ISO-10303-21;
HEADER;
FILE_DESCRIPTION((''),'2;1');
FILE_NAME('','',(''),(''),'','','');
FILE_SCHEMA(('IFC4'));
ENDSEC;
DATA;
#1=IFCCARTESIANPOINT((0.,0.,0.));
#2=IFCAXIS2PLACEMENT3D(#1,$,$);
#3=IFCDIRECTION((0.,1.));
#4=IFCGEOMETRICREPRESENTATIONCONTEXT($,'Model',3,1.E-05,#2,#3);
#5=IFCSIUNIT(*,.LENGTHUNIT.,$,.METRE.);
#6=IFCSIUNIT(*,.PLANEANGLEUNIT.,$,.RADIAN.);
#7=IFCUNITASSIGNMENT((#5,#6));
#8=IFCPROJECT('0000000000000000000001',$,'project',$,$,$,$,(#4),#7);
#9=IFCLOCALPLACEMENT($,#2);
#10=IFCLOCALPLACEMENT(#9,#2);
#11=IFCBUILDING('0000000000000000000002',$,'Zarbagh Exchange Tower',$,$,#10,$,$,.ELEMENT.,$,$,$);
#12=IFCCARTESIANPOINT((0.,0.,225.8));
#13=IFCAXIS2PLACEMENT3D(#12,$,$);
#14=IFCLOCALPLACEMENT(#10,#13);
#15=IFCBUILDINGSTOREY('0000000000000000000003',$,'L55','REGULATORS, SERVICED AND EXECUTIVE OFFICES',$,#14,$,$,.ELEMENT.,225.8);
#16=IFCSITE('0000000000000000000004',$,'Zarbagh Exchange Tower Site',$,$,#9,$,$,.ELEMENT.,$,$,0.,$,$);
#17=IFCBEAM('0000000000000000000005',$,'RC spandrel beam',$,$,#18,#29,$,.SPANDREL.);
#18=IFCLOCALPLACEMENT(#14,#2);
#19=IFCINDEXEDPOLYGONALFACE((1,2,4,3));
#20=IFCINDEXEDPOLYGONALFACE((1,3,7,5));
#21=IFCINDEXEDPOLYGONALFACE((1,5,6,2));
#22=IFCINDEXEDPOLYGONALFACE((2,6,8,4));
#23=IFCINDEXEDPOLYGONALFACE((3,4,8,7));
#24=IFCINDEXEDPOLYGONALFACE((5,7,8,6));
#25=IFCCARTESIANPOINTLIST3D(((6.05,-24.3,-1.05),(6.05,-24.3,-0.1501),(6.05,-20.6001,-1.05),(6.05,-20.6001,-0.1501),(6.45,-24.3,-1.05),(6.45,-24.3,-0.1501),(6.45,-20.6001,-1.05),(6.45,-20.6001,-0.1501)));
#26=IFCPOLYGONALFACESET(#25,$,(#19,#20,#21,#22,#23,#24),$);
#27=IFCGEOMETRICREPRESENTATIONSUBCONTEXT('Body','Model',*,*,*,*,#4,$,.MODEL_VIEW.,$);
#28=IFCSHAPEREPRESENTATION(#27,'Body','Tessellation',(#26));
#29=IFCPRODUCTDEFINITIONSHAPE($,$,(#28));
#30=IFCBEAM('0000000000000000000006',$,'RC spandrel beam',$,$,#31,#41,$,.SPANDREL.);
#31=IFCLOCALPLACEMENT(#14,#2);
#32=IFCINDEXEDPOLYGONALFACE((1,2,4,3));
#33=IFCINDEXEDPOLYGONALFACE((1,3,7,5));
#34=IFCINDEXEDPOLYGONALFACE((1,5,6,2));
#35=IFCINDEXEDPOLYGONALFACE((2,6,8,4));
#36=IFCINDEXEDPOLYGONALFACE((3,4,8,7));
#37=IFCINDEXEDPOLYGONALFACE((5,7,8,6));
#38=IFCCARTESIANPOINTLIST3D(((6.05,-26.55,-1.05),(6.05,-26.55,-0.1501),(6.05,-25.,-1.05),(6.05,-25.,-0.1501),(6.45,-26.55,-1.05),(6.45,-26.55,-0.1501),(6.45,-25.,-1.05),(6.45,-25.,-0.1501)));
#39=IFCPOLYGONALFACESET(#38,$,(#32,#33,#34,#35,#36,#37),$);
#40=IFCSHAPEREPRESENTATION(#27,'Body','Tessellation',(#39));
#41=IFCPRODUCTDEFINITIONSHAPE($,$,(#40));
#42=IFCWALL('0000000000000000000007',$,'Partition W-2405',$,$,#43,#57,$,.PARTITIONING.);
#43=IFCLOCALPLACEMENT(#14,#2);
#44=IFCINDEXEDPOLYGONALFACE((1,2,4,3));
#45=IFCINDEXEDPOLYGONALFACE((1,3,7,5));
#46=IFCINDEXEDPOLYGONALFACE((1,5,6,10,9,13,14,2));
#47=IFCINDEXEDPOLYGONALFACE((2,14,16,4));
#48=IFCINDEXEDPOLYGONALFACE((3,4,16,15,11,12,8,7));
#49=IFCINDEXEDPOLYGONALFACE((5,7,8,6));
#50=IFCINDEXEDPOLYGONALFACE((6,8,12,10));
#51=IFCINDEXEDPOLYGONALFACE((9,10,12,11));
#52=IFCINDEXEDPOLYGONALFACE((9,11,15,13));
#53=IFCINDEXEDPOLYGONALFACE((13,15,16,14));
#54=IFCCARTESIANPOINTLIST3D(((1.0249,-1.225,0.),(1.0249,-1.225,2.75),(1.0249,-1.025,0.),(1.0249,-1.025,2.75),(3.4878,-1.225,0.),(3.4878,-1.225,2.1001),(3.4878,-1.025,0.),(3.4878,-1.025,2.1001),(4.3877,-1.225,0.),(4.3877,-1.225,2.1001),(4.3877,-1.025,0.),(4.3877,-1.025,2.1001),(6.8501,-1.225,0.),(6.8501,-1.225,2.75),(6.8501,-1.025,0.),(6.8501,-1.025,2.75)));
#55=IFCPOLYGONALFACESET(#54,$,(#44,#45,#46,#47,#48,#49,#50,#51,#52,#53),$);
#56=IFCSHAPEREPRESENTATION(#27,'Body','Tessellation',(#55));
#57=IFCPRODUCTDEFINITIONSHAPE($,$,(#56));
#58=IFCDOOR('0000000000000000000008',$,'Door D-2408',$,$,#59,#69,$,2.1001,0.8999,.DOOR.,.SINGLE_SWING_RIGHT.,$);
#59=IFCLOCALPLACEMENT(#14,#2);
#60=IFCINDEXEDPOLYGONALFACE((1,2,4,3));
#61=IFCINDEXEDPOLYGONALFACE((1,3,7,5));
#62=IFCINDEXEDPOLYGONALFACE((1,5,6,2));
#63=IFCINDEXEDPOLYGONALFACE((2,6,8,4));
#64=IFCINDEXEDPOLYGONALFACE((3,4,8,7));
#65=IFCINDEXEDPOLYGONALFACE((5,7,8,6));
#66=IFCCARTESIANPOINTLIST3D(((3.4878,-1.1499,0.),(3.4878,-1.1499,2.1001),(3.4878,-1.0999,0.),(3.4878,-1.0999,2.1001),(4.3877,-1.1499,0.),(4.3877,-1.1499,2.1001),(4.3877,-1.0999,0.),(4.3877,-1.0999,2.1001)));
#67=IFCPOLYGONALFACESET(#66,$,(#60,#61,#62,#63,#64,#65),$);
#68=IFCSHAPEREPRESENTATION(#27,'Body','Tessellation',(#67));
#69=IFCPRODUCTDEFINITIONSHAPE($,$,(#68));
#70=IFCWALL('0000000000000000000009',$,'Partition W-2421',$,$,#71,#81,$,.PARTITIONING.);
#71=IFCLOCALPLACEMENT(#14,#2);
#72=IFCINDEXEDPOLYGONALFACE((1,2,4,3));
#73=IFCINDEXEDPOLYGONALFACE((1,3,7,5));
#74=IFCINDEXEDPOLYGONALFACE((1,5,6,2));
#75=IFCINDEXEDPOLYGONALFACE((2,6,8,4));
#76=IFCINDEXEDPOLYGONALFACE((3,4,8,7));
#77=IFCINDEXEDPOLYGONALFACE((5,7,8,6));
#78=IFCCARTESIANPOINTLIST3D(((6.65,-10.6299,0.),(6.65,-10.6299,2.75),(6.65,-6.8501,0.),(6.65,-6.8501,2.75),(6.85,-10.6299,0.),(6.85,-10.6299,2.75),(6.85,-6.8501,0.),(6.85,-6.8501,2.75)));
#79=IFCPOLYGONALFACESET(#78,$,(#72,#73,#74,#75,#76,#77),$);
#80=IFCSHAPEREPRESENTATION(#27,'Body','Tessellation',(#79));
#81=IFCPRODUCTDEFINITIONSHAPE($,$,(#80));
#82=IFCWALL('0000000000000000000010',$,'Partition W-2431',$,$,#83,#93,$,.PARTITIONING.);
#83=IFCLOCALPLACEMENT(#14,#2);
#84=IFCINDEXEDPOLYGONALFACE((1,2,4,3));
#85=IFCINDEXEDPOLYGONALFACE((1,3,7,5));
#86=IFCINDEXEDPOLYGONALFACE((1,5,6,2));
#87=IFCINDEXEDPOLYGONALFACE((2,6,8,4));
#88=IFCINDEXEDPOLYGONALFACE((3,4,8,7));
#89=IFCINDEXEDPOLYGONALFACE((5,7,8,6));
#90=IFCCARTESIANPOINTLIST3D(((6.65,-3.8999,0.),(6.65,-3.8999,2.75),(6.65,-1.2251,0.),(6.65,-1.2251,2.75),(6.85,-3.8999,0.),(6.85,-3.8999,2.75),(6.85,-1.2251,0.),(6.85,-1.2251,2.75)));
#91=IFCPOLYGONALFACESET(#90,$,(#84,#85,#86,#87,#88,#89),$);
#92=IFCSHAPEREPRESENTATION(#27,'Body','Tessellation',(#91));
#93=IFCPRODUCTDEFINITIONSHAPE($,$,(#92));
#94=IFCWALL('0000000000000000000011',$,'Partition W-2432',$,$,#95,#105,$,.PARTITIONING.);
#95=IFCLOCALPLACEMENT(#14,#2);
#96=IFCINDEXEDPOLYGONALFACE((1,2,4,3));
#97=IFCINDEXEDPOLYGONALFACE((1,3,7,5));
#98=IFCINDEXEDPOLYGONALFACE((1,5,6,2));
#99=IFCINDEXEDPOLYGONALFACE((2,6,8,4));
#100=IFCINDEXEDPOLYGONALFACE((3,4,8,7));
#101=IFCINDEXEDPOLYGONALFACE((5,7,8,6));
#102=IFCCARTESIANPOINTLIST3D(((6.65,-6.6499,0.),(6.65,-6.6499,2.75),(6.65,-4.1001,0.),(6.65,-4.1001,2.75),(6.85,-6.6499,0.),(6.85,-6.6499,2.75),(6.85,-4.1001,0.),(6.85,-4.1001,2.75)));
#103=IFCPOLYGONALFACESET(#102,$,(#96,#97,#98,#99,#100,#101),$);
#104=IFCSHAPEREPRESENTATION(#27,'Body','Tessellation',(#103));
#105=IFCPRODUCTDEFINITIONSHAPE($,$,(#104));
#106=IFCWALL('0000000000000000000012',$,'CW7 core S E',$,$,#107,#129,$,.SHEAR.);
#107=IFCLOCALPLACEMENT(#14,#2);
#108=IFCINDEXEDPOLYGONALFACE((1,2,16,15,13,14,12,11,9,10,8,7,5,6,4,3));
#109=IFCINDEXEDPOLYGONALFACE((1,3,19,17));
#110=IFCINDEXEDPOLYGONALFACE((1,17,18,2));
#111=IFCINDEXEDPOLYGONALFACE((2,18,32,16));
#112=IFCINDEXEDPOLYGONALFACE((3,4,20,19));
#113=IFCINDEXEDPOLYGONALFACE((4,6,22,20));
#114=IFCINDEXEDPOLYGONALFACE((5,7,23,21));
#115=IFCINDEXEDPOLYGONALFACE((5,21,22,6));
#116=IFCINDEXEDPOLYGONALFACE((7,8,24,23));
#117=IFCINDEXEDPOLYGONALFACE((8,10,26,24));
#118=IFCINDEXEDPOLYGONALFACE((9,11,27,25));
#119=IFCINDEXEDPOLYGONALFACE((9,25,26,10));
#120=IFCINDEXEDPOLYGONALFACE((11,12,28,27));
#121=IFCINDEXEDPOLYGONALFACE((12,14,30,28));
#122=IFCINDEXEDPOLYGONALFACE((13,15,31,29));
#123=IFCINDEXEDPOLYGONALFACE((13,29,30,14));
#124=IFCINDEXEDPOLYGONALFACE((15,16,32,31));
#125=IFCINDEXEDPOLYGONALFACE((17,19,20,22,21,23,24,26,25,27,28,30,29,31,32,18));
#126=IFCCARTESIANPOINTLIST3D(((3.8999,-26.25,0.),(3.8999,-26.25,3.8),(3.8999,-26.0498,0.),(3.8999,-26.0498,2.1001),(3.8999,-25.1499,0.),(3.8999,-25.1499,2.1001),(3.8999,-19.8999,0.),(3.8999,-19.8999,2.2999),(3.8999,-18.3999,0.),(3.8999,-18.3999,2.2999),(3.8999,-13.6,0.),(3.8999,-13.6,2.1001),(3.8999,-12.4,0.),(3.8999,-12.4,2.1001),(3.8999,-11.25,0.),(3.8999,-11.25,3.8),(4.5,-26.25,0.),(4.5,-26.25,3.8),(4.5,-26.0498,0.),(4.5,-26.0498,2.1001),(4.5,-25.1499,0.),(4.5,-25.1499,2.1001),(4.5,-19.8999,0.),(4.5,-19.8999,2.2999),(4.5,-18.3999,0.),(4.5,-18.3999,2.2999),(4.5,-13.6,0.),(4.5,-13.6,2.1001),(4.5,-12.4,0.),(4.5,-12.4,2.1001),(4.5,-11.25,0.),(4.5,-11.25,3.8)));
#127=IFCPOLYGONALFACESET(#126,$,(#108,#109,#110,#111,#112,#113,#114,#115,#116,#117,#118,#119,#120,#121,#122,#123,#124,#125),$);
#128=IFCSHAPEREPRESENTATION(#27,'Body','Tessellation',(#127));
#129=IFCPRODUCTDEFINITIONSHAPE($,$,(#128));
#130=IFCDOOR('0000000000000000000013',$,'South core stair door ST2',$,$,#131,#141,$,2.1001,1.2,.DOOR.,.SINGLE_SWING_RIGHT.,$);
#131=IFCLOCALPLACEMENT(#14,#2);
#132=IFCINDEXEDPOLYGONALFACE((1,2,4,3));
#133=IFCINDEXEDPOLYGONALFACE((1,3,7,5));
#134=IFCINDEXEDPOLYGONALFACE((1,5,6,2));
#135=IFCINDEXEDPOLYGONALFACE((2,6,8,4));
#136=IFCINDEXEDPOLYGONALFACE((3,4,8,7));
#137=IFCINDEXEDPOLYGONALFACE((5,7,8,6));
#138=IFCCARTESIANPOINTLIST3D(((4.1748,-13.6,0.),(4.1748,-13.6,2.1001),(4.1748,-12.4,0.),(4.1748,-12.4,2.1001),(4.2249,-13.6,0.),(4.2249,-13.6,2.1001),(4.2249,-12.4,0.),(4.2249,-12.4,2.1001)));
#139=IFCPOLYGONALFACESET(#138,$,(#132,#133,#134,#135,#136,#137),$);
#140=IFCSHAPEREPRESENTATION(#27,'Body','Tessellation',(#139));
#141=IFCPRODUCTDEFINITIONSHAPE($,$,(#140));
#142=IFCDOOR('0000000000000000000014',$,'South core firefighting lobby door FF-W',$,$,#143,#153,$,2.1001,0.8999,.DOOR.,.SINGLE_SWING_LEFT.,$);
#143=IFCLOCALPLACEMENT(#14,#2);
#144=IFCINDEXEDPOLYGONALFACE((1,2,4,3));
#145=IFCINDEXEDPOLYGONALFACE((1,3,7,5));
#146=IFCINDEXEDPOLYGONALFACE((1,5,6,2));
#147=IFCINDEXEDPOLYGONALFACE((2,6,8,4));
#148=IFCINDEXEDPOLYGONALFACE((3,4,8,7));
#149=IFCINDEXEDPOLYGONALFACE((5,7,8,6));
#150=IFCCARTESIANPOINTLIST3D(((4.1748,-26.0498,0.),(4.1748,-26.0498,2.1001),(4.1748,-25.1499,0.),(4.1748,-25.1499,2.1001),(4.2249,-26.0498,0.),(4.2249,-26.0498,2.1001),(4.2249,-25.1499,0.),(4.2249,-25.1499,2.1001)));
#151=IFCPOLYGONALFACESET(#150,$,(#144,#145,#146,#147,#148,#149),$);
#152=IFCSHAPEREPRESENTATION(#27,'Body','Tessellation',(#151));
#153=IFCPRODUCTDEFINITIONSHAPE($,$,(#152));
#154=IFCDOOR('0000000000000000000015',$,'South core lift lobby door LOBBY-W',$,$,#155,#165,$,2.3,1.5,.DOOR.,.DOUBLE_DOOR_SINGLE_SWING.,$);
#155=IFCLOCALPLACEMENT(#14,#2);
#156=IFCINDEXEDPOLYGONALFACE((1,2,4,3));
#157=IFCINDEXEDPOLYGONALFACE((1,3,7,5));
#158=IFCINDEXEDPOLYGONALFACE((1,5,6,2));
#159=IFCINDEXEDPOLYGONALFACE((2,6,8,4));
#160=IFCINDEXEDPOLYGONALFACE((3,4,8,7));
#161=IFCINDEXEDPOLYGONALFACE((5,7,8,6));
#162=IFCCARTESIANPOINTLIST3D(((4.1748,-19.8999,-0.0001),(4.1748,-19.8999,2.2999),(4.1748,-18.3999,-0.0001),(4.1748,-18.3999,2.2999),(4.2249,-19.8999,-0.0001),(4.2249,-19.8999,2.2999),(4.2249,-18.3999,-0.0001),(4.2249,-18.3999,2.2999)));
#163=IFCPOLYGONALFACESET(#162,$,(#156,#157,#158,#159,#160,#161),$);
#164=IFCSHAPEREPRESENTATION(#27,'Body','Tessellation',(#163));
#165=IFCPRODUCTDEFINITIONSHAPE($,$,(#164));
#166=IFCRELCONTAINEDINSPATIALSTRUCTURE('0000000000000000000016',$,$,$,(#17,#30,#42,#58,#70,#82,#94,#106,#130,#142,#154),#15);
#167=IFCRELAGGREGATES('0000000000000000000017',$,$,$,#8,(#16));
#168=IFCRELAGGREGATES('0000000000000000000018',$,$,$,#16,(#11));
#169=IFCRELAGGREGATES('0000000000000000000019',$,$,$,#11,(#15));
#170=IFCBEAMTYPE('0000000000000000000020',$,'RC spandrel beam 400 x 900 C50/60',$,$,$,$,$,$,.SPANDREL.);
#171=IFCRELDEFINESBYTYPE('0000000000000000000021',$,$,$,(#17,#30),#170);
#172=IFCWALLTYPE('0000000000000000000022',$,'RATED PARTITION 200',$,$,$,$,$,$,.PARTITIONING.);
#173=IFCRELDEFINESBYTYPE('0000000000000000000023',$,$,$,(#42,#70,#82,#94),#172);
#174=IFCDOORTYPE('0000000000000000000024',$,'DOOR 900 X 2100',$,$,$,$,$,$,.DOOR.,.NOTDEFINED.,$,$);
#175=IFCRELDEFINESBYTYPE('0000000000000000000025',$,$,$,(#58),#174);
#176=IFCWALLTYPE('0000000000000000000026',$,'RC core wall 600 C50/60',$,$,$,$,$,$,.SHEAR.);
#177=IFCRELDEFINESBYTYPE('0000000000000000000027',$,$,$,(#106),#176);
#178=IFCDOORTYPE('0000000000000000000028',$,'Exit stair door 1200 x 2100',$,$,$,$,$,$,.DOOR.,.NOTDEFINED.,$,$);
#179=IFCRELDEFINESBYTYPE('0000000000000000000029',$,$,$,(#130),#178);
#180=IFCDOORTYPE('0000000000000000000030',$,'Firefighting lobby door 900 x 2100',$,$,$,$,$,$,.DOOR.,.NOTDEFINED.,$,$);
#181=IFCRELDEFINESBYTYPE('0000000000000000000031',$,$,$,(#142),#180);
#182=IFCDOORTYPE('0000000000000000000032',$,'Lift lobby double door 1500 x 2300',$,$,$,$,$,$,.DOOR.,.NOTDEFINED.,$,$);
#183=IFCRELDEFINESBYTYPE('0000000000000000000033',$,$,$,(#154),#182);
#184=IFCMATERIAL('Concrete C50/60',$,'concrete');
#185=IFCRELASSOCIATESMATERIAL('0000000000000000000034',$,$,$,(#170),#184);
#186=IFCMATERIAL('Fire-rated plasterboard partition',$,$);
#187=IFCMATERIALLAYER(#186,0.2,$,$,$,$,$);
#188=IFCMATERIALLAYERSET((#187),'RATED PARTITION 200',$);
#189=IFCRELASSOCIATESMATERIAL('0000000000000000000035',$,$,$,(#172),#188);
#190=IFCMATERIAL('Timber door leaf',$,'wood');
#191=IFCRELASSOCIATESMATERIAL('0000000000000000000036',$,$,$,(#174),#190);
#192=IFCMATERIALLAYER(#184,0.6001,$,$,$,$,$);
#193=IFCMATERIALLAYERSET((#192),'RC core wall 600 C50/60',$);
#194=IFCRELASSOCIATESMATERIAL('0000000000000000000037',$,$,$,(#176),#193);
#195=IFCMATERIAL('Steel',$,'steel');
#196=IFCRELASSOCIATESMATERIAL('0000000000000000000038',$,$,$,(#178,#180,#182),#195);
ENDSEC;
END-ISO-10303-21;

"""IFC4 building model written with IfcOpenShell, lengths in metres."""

from ifc_helpers import new_model, si_unit, direction, frame, frame_2d, origin, origin_2d, place, context, subcontext, project, spatial, rectangle, extrude, material, layer, layer_set, material_profile, profile_set, type_object, element, fill, save


model = new_model("IFC4")

# Units and contexts
model_context = context("Model", 3, precision=1e-05, world=origin(), true_north=direction((0.0, 1.0)))
body_context = subcontext(model_context, "Body", "Model", "MODEL_VIEW")
ifc_project = project(units=[si_unit("LENGTHUNIT", "METRE"), si_unit("PLANEANGLEUNIT", "RADIAN")], contexts=[model_context])

# Site, building, storey
site_placement = place(None, origin())
site = spatial("IfcSite", under=ifc_project, at=site_placement, Name="Zarbagh Exchange Tower Site", CompositionType="ELEMENT", RefElevation=0.0)
building_placement = place(site_placement, origin())
building = spatial("IfcBuilding", under=site, at=building_placement, Name="Zarbagh Exchange Tower", CompositionType="ELEMENT")
storey_placement = place(building_placement, frame((0.0, 0.0, 225.8)))
storey = spatial("IfcBuildingStorey", under=building, at=storey_placement, Name="L55", Description="REGULATORS, SERVICED AND EXECUTIVE OFFICES", CompositionType="ELEMENT", Elevation=225.8)

# Shared definitions
ifc_material_1 = material(Name="Concrete C50/60", Category="concrete")

# Beams
ifc_material_profile_1 = material_profile(ifc_material_1, rectangle(XDim=0.3999, YDim=0.8999, at=origin_2d()), Name="RC spandrel beam 400 x 900 C50/60")
ifc_profile_set_1 = profile_set([ifc_material_profile_1], Name="Concrete C50/60")
beam_type_1 = type_object("IfcBeamType", Name="RC spandrel beam 400 x 900 C50/60", PredefinedType="SPANDREL", material=ifc_profile_set_1)
beam_1_placement = place(storey_placement, frame((6.25, -20.6001, -0.6001), z_axis=(0.0, -1.0, 0.0), x_axis=(1.0, 0.0, 0.0)))
element("IfcBeam", 1, at=beam_1_placement, inside=storey, type_object=beam_type_1, Name="RC spandrel beam", PredefinedType="SPANDREL", context=body_context, shape_type="SweptSolid", body=[
    extrude(rectangle(XDim=0.3999, YDim=0.8999, at=origin_2d()), origin(), (0.0, 0.0, 1.0), 3.7),
])
beam_2_placement = place(storey_placement, frame((6.25, -25.0, -0.6001), z_axis=(0.0, -1.0, 0.0), x_axis=(1.0, 0.0, 0.0)))
element("IfcBeam", 2, at=beam_2_placement, inside=storey, type_object=beam_type_1, Name="RC spandrel beam", PredefinedType="SPANDREL", context=body_context, shape_type="SweptSolid", body=[
    extrude(rectangle(XDim=0.3999, YDim=0.8999, at=origin_2d()), origin(), (0.0, 0.0, 1.0), 1.55),
])

# Wall, opening, door
ifc_material_2 = material(Name="Fire-rated plasterboard partition")
ifc_layer_1 = layer(ifc_material_2, 0.2)
ifc_layer_set_1 = layer_set([ifc_layer_1], Name="RATED PARTITION 200")
wall_type_1 = type_object("IfcWallType", Name="RATED PARTITION 200", PredefinedType="PARTITIONING", material=ifc_layer_set_1)
wall_1_placement = place(storey_placement, frame((6.8501, -1.125, 0.0), z_axis=(0.0, 0.0, 1.0), x_axis=(-1.0, 0.0, 0.0)))
wall_1 = element("IfcWall", 3, at=wall_1_placement, inside=storey, type_object=wall_type_1, Name="Partition W-2405", PredefinedType="PARTITIONING", context=body_context, shape_type="SweptSolid", body=[
    extrude(rectangle(XDim=5.8252, YDim=0.2, at=frame_2d((2.9126, 0.0))), origin(), (0.0, 0.0, 1.0), 2.75),
])
opening_1_placement = place(wall_1_placement, frame((2.4624, 0.0, 0.0)))
opening_1 = element("IfcOpeningElement", 4, at=opening_1_placement, cuts=wall_1, PredefinedType="OPENING", context=body_context, shape_type="SweptSolid", body=[
    extrude(rectangle(XDim=0.8999, YDim=2.1001, at=frame_2d((0.45, 1.05))), frame((0.0, 0.1099, 0.0), z_axis=(0.0, -1.0, 0.0), x_axis=(1.0, 0.0, 0.0)), (0.0, 0.0, 1.0), 0.22),
])
ifc_material_3 = material(Name="Timber door leaf", Category="wood")
door_type_1 = type_object("IfcDoorType", Name="DOOR 900 X 2100", OperationType="NOTDEFINED", PredefinedType="DOOR", material=ifc_material_3)
door_1_placement = place(opening_1_placement, origin())
door_1 = element("IfcDoor", 5, at=door_1_placement, inside=storey, type_object=door_type_1, Name="Door D-2408", OperationType="SINGLE_SWING_RIGHT", OverallHeight=2.1001, OverallWidth=0.8999, PredefinedType="DOOR", context=body_context, shape_type="SweptSolid", body=[
    extrude(rectangle(XDim=0.8999, YDim=2.1001, at=frame_2d((0.45, 1.05))), frame((0.0, 0.0249, 0.0), z_axis=(0.0, -1.0, 0.0), x_axis=(1.0, 0.0, 0.0)), (0.0, 0.0, 1.0), 0.05),
])
fill(opening_1, door_1)

# Walls
wall_2_placement = place(storey_placement, frame((6.75, -10.6299, 0.0), z_axis=(0.0, 0.0, 1.0), x_axis=(0.0, 1.0, 0.0)))
element("IfcWall", 6, at=wall_2_placement, inside=storey, type_object=wall_type_1, Name="Partition W-2421", PredefinedType="PARTITIONING", context=body_context, shape_type="SweptSolid", body=[
    extrude(rectangle(XDim=3.7798, YDim=0.2, at=frame_2d((1.8899, 0.0))), origin(), (0.0, 0.0, 1.0), 2.75),
])
wall_3_placement = place(storey_placement, frame((6.75, -3.8999, 0.0), z_axis=(0.0, 0.0, 1.0), x_axis=(0.0, 1.0, 0.0)))
element("IfcWall", 7, at=wall_3_placement, inside=storey, type_object=wall_type_1, Name="Partition W-2431", PredefinedType="PARTITIONING", context=body_context, shape_type="SweptSolid", body=[
    extrude(rectangle(XDim=2.6748, YDim=0.2, at=frame_2d((1.3374, 0.0))), origin(), (0.0, 0.0, 1.0), 2.75),
])
wall_4_placement = place(storey_placement, frame((6.75, -6.6499, 0.0), z_axis=(0.0, 0.0, 1.0), x_axis=(0.0, 1.0, 0.0)))
element("IfcWall", 8, at=wall_4_placement, inside=storey, type_object=wall_type_1, Name="Partition W-2432", PredefinedType="PARTITIONING", context=body_context, shape_type="SweptSolid", body=[
    extrude(rectangle(XDim=2.5498, YDim=0.2, at=frame_2d((1.2749, 0.0))), origin(), (0.0, 0.0, 1.0), 2.75),
])

# Wall, openings, doors
ifc_layer_2 = layer(ifc_material_1, 0.6001)
ifc_layer_set_2 = layer_set([ifc_layer_2], Name="RC core wall 600 C50/60")
wall_type_2 = type_object("IfcWallType", Name="RC core wall 600 C50/60", PredefinedType="SHEAR", material=ifc_layer_set_2)
wall_5_placement = place(storey_placement, frame((4.2, -11.25, 0.0), z_axis=(0.0, 0.0, 1.0), x_axis=(0.0, -1.0, 0.0)))
wall_5 = element("IfcWall", 9, at=wall_5_placement, inside=storey, type_object=wall_type_2, Name="CW7 core S E", PredefinedType="SHEAR", context=body_context, shape_type="SweptSolid", body=[
    extrude(rectangle(XDim=15.0, YDim=0.6001, at=frame_2d((7.5, 0.0))), origin(), (0.0, 0.0, 1.0), 3.8),
])
opening_2_placement = place(wall_5_placement, frame((7.1499, 0.0, 0.0)))
opening_2 = element("IfcOpeningElement", 10, at=opening_2_placement, cuts=wall_5, PredefinedType="OPENING", context=body_context, shape_type="SweptSolid", body=[
    extrude(rectangle(XDim=1.5, YDim=2.3, at=frame_2d((0.75, 1.1499))), frame((0.0, 0.3101, 0.0), z_axis=(0.0, -1.0, 0.0), x_axis=(1.0, 0.0, 0.0)), (0.0, 0.0, 1.0), 0.6201),
])
opening_3_placement = place(wall_5_placement, frame((13.8999, 0.0, 0.0)))
opening_3 = element("IfcOpeningElement", 11, at=opening_3_placement, cuts=wall_5, PredefinedType="OPENING", context=body_context, shape_type="SweptSolid", body=[
    extrude(rectangle(XDim=0.8999, YDim=2.1001, at=frame_2d((0.45, 1.05))), frame((0.0, 0.3101, 0.0), z_axis=(0.0, -1.0, 0.0), x_axis=(1.0, 0.0, 0.0)), (0.0, 0.0, 1.0), 0.6201),
])
opening_4_placement = place(wall_5_placement, frame((1.1499, 0.0, 0.0)))
opening_4 = element("IfcOpeningElement", 12, at=opening_4_placement, cuts=wall_5, PredefinedType="OPENING", context=body_context, shape_type="SweptSolid", body=[
    extrude(rectangle(XDim=1.2, YDim=2.1001, at=frame_2d((0.6001, 1.05))), frame((0.0, 0.3101, 0.0), z_axis=(0.0, -1.0, 0.0), x_axis=(1.0, 0.0, 0.0)), (0.0, 0.0, 1.0), 0.6201),
])
ifc_material_4 = material(Name="Steel", Category="steel")
door_type_2 = type_object("IfcDoorType", Name="Exit stair door 1200 x 2100", OperationType="NOTDEFINED", PredefinedType="DOOR", material=ifc_material_4)
door_2_placement = place(opening_4_placement, origin())
door_2 = element("IfcDoor", 13, at=door_2_placement, inside=storey, type_object=door_type_2, Name="South core stair door ST2", OperationType="SINGLE_SWING_RIGHT", OverallHeight=2.1001, OverallWidth=1.2, PredefinedType="DOOR", context=body_context, shape_type="SweptSolid", body=[
    extrude(rectangle(XDim=1.2, YDim=2.1001, at=frame_2d((0.6001, 1.05))), frame((0.0, 0.0249, 0.0), z_axis=(0.0, -1.0, 0.0), x_axis=(1.0, 0.0, 0.0)), (0.0, 0.0, 1.0), 0.05),
])
fill(opening_4, door_2)
door_type_3 = type_object("IfcDoorType", Name="Firefighting lobby door 900 x 2100", OperationType="NOTDEFINED", PredefinedType="DOOR", material=ifc_material_4)
door_3_placement = place(opening_3_placement, origin())
door_3 = element("IfcDoor", 14, at=door_3_placement, inside=storey, type_object=door_type_3, Name="South core firefighting lobby door FF-W", OperationType="SINGLE_SWING_LEFT", OverallHeight=2.1001, OverallWidth=0.8999, PredefinedType="DOOR", context=body_context, shape_type="SweptSolid", body=[
    extrude(rectangle(XDim=0.8999, YDim=2.1001, at=frame_2d((0.45, 1.05))), frame((0.0, 0.0249, 0.0), z_axis=(0.0, -1.0, 0.0), x_axis=(1.0, 0.0, 0.0)), (0.0, 0.0, 1.0), 0.05),
])
fill(opening_3, door_3)
door_type_4 = type_object("IfcDoorType", Name="Lift lobby double door 1500 x 2300", OperationType="NOTDEFINED", PredefinedType="DOOR", material=ifc_material_4)
door_4_placement = place(opening_2_placement, origin())
door_4 = element("IfcDoor", 15, at=door_4_placement, inside=storey, type_object=door_type_4, Name="South core lift lobby door LOBBY-W", OperationType="DOUBLE_DOOR_SINGLE_SWING", OverallHeight=2.3, OverallWidth=1.5, PredefinedType="DOOR", context=body_context, shape_type="SweptSolid", body=[
    extrude(rectangle(XDim=1.5, YDim=2.3, at=frame_2d((0.75, 1.1499))), frame((0.0, 0.0249, 0.0), z_axis=(0.0, -1.0, 0.0), x_axis=(1.0, 0.0, 0.0)), (0.0, 0.0, 1.0), 0.05),
])
fill(opening_2, door_4)

save(model, "model.ifc")
